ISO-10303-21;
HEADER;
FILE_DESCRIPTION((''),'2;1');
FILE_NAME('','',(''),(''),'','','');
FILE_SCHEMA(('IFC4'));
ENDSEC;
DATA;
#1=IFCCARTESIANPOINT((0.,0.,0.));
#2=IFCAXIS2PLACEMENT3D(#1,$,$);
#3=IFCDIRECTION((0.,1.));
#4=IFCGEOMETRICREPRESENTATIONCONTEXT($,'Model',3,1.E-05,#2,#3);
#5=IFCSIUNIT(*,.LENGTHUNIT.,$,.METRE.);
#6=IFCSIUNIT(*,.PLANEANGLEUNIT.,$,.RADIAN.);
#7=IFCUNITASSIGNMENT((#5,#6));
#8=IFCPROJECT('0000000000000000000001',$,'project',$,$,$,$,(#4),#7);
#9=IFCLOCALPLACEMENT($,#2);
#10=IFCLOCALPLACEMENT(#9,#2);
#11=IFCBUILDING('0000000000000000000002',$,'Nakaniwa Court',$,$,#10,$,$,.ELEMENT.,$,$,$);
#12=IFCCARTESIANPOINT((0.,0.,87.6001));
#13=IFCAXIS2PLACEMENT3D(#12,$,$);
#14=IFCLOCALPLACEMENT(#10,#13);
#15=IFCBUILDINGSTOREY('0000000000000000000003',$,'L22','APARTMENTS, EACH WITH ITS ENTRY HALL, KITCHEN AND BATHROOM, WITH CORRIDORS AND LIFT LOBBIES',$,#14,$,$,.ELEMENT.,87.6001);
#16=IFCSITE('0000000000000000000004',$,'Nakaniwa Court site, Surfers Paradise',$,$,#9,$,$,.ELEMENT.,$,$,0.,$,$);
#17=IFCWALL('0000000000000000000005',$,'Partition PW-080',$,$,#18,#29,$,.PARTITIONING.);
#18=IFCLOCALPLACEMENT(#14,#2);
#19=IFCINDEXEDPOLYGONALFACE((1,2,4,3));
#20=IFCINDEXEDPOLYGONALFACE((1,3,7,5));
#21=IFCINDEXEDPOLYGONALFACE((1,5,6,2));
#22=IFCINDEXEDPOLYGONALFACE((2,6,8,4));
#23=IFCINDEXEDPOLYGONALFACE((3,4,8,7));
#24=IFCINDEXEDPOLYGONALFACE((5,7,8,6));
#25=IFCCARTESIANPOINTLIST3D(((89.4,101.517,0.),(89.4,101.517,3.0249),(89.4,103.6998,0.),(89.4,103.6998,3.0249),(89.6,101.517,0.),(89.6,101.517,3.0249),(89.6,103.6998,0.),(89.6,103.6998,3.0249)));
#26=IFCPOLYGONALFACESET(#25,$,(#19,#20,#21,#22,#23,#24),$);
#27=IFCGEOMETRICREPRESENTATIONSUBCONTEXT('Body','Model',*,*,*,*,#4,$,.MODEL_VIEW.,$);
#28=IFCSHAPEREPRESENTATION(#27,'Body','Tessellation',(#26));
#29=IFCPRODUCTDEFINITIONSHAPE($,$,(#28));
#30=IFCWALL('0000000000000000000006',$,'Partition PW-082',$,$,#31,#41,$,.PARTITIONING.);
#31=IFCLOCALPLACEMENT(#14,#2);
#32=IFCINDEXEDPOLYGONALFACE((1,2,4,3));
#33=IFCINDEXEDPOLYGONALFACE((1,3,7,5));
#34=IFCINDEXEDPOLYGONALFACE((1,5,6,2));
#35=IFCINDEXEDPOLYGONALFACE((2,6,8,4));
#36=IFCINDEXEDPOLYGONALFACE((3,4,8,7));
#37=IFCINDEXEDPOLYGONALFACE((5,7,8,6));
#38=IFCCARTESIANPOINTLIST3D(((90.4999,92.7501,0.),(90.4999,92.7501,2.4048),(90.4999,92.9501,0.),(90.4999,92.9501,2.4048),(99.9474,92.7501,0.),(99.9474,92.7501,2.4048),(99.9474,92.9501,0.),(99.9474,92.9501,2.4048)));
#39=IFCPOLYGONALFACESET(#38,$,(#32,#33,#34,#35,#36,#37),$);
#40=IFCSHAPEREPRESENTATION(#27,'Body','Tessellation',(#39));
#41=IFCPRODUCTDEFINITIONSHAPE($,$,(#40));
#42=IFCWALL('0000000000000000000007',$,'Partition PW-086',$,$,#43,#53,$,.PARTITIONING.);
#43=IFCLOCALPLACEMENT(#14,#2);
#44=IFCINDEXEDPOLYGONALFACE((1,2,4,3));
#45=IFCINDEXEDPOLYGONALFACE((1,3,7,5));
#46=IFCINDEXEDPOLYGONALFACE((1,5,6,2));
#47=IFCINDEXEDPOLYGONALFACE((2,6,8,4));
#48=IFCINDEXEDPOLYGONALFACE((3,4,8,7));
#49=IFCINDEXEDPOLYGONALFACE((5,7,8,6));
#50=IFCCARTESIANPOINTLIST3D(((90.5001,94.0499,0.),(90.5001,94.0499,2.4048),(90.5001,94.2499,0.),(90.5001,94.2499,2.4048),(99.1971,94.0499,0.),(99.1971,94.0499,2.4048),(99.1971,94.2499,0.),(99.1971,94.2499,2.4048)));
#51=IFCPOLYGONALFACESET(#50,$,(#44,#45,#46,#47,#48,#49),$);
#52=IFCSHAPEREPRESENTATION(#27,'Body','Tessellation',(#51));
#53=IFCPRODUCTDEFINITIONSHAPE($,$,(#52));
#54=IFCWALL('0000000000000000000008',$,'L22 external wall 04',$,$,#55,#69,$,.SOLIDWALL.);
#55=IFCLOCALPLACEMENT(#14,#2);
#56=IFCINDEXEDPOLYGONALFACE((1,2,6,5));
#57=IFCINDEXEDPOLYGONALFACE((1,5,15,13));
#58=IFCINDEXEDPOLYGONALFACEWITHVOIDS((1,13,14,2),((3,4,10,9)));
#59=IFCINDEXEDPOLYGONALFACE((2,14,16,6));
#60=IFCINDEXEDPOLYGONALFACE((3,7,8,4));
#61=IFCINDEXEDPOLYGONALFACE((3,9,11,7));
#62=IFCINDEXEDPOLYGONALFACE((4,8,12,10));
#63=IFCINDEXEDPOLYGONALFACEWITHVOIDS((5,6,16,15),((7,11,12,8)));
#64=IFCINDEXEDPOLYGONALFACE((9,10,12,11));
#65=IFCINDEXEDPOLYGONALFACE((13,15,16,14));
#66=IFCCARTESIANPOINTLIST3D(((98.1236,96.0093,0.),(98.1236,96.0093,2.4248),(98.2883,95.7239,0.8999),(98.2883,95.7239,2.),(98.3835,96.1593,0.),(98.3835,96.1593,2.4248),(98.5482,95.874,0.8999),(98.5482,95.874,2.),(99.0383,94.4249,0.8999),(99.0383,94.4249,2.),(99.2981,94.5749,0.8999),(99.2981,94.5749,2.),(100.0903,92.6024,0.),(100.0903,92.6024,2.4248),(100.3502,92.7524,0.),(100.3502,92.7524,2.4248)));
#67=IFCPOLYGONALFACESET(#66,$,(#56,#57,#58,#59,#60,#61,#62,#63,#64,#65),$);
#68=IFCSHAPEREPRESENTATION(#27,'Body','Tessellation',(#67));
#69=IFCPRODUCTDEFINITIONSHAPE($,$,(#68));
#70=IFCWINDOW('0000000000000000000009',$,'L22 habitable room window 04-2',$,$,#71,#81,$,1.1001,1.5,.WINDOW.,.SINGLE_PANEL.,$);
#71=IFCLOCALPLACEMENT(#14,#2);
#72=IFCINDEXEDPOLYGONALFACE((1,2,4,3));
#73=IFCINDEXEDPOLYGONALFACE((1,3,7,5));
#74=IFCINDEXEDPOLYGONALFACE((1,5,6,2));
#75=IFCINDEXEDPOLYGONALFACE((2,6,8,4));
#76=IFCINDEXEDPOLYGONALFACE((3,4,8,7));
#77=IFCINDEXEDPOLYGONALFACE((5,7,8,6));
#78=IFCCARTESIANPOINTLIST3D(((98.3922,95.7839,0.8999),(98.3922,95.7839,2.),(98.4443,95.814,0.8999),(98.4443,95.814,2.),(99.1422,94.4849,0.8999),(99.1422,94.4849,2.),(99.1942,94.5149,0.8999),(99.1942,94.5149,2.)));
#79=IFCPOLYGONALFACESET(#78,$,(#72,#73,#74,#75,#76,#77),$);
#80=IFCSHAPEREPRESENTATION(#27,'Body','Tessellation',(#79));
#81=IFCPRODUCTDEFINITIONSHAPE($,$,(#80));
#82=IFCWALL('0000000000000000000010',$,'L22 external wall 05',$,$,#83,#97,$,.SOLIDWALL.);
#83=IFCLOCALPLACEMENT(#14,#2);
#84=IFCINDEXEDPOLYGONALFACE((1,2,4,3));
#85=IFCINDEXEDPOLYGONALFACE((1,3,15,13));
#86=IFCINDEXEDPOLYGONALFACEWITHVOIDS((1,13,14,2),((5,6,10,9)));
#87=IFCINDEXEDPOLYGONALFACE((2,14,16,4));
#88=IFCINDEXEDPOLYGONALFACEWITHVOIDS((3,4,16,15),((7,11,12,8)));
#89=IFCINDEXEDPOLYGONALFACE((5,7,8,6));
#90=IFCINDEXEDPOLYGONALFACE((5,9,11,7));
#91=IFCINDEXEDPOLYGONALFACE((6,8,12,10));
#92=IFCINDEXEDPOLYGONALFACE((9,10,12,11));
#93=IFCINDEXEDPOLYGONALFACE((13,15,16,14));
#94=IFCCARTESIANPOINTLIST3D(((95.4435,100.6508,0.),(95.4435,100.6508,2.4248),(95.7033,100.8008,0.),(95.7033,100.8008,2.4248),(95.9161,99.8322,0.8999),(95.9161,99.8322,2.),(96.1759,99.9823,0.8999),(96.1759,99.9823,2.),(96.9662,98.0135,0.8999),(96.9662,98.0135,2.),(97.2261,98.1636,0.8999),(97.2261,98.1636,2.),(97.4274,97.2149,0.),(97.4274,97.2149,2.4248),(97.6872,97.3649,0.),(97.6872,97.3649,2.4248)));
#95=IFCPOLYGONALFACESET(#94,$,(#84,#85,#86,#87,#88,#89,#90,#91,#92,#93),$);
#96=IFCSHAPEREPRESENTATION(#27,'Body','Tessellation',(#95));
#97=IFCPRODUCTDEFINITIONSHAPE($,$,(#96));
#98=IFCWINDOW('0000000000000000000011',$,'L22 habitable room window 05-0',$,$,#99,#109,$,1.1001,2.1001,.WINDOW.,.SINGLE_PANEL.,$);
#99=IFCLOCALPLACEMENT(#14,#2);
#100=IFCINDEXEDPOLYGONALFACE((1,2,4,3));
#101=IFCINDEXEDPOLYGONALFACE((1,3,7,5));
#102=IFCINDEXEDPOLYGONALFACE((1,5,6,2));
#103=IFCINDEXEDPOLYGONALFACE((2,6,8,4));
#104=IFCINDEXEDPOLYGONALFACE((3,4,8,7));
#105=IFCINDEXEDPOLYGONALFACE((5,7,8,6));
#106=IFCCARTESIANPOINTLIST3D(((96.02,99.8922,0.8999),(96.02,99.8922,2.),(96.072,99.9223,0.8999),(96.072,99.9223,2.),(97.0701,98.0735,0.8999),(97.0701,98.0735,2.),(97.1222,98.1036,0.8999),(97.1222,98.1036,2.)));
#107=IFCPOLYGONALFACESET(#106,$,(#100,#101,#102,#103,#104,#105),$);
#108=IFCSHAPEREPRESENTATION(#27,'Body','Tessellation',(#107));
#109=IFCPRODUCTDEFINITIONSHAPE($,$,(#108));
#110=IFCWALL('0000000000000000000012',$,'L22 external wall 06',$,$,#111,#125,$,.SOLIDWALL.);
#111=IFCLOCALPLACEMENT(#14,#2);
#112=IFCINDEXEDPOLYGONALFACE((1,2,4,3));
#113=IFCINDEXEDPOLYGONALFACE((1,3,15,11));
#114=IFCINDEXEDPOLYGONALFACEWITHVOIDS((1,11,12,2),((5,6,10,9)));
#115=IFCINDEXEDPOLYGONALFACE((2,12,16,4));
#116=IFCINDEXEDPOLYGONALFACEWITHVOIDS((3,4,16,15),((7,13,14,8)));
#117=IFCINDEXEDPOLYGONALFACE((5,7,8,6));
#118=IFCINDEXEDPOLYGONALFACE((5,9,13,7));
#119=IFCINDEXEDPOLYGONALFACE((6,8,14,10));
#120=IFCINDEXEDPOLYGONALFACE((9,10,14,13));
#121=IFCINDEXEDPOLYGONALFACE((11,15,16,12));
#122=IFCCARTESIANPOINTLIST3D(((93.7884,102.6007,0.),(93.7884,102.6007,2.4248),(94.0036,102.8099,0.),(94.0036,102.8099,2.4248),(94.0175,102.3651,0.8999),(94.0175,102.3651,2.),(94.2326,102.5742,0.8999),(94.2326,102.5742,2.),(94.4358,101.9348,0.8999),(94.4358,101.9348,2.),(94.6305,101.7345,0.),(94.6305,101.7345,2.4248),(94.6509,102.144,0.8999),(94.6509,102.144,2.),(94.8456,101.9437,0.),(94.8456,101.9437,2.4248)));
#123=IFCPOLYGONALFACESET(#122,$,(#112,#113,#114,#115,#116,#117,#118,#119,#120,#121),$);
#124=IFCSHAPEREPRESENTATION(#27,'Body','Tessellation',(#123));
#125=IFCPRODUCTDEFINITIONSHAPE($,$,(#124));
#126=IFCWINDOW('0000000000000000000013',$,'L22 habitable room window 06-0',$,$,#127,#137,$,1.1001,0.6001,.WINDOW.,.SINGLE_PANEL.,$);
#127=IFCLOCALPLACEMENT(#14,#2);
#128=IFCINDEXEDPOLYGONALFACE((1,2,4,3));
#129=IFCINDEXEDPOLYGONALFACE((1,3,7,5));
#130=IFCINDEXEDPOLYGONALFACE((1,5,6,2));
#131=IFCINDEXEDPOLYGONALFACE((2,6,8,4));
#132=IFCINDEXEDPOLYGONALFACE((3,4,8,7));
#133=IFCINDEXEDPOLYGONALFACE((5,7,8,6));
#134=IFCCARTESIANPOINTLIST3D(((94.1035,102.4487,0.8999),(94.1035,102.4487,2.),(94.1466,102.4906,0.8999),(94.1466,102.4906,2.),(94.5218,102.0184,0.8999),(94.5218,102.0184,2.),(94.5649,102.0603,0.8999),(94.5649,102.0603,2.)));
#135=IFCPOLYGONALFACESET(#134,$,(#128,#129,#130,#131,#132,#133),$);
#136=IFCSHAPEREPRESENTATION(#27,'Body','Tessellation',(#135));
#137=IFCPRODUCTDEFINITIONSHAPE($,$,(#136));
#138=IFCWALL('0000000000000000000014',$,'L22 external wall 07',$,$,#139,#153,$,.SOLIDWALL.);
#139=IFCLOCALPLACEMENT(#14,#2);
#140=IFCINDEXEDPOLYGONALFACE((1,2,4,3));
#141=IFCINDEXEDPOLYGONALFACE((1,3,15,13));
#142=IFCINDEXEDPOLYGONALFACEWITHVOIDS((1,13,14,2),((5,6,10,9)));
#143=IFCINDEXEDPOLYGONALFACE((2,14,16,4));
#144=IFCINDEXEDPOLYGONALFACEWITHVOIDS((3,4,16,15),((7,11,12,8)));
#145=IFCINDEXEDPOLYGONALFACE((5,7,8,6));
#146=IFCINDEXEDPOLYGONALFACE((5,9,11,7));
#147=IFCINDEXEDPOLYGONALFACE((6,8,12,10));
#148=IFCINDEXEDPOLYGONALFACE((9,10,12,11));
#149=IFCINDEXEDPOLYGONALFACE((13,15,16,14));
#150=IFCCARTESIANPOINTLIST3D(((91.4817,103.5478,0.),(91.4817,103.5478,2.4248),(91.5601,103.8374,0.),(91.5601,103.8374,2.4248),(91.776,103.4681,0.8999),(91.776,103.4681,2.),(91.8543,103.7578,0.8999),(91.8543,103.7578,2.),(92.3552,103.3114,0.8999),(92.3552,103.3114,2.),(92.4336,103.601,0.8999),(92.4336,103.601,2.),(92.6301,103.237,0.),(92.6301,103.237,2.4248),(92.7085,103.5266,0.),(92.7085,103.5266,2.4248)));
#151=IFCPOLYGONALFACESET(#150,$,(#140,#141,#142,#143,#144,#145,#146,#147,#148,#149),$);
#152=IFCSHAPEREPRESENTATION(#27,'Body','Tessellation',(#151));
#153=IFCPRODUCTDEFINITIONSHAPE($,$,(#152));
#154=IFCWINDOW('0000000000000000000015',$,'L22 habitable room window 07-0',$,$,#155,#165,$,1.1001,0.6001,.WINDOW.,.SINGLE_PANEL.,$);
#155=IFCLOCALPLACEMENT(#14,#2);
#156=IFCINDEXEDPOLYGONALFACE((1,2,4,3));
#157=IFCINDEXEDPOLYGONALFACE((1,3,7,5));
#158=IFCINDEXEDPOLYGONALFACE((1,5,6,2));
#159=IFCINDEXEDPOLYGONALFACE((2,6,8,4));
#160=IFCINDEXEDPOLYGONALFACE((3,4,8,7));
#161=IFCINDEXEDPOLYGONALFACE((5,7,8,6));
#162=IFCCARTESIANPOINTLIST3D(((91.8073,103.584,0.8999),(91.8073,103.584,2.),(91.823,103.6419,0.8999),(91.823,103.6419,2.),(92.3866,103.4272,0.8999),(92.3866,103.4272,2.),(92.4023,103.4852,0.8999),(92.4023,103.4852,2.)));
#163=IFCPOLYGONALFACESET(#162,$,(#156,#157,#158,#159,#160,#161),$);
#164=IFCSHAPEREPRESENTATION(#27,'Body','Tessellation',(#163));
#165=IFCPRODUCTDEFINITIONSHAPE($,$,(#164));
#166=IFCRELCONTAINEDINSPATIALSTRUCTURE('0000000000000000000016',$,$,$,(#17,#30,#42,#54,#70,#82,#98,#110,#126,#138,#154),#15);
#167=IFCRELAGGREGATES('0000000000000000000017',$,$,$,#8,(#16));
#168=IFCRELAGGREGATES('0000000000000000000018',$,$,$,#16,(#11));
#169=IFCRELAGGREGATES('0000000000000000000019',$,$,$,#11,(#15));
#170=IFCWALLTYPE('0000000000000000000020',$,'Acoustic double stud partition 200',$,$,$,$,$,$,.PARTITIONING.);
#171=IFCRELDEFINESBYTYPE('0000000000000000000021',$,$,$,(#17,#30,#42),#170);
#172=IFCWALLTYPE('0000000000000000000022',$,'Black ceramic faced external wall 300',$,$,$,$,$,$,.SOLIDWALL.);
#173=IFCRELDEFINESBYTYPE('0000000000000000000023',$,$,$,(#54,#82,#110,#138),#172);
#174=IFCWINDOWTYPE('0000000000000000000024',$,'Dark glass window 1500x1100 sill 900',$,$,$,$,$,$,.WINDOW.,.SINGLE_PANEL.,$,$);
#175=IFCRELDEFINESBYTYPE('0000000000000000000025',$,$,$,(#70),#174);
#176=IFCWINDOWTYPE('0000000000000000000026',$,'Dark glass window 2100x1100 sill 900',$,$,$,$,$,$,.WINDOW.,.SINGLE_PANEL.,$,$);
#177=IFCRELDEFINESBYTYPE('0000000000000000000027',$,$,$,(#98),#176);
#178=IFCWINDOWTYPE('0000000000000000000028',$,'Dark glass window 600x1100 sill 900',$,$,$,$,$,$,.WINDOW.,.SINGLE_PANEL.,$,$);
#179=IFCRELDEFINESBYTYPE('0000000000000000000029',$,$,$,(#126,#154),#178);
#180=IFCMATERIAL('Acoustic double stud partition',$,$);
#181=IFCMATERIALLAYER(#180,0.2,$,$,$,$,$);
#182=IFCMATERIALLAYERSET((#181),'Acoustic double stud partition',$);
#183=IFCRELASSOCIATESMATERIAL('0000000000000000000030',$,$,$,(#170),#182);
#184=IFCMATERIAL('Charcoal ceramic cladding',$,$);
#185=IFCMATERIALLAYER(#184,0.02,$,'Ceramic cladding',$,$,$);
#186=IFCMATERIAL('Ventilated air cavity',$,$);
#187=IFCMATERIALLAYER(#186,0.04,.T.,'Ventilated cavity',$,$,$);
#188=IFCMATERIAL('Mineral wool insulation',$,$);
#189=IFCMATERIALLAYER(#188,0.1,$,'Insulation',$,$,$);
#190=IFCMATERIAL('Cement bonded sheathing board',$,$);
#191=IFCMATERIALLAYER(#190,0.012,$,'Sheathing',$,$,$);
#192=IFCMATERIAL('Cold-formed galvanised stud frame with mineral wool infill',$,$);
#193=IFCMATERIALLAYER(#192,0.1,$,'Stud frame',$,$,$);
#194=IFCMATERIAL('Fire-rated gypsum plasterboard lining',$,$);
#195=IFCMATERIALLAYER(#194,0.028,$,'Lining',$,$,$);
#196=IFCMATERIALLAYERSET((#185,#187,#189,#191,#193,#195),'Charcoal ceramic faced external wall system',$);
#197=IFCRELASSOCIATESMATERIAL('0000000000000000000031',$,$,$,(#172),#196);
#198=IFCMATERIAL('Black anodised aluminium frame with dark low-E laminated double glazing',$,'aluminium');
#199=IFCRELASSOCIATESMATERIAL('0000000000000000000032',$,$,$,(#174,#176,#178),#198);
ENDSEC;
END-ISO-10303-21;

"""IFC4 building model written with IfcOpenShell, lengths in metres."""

from ifc_helpers import new_model, si_unit, direction, frame, frame_2d, origin, place, context, subcontext, project, spatial, rectangle, extrude, material, layer, layer_set, type_object, element, fill, save


model = new_model("IFC4")

# Units and contexts
model_context = context("Model", 3, precision=1e-05, world=origin(), true_north=direction((0.0, 1.0)))
body_context = subcontext(model_context, "Body", "Model", "MODEL_VIEW")
ifc_project = project(units=[si_unit("LENGTHUNIT", "METRE"), si_unit("PLANEANGLEUNIT", "RADIAN")], contexts=[model_context])

# Site, building, storey
site_placement = place(None, origin())
site = spatial("IfcSite", under=ifc_project, at=site_placement, Name="Nakaniwa Court site, Surfers Paradise", CompositionType="ELEMENT", RefElevation=0.0)
building_placement = place(site_placement, origin())
building = spatial("IfcBuilding", under=site, at=building_placement, Name="Nakaniwa Court", CompositionType="ELEMENT")
storey_placement = place(building_placement, frame((0.0, 0.0, 87.6001)))
storey = spatial("IfcBuildingStorey", under=building, at=storey_placement, Name="L22", Description="APARTMENTS, EACH WITH ITS ENTRY HALL, KITCHEN AND BATHROOM, WITH CORRIDORS AND LIFT LOBBIES", CompositionType="ELEMENT", Elevation=87.6001)

# Shared definitions
ifc_material_1 = material(Name="Acoustic double stud partition")
ifc_layer_1 = layer(ifc_material_1, 0.2)
ifc_layer_set_1 = layer_set([ifc_layer_1], Name="Acoustic double stud partition")
wall_type_1 = type_object("IfcWallType", Name="Acoustic double stud partition 200", PredefinedType="PARTITIONING", material=ifc_layer_set_1)

# Walls
wall_1_placement = place(storey_placement, frame((89.5, 101.5171, 0.0), z_axis=(0.0, 0.0, 1.0), x_axis=(0.0, 1.0, 0.0)))
element("IfcWall", 1, at=wall_1_placement, inside=storey, type_object=wall_type_1, Name="Partition PW-080", PredefinedType="PARTITIONING", context=body_context, shape_type="SweptSolid", body=[
    extrude(rectangle(XDim=2.1829, YDim=0.2, at=frame_2d((1.0913, 0.0))), origin(), (0.0, 0.0, 1.0), 3.0249),
])
wall_2_placement = place(storey_placement, frame((90.5, 92.8501, 0.0), z_axis=(0.0, 0.0, 1.0), x_axis=(1.0, 0.0, 0.0)))
element("IfcWall", 2, at=wall_2_placement, inside=storey, type_object=wall_type_1, Name="Partition PW-082", PredefinedType="PARTITIONING", context=body_context, shape_type="SweptSolid", body=[
    extrude(rectangle(XDim=9.4475, YDim=0.2, at=frame_2d((4.7236, 0.0))), origin(), (0.0, 0.0, 1.0), 2.4048),
])
wall_3_placement = place(storey_placement, frame((90.5, 94.1499, 0.0), z_axis=(0.0, 0.0, 1.0), x_axis=(1.0, 0.0, 0.0)))
element("IfcWall", 3, at=wall_3_placement, inside=storey, type_object=wall_type_1, Name="Partition PW-086", PredefinedType="PARTITIONING", context=body_context, shape_type="SweptSolid", body=[
    extrude(rectangle(XDim=8.697, YDim=0.2, at=frame_2d((4.3486, 0.0))), origin(), (0.0, 0.0, 1.0), 2.4048),
])

# Walls, openings, windows
ifc_material_2 = material(Name="Charcoal ceramic cladding")
ifc_layer_2 = layer(ifc_material_2, 0.02, Name="Ceramic cladding")
ifc_material_3 = material(Name="Ventilated air cavity")
ifc_layer_3 = layer(ifc_material_3, 0.04, ventilated=True, Name="Ventilated cavity")
ifc_material_4 = material(Name="Mineral wool insulation")
ifc_layer_4 = layer(ifc_material_4, 0.1, Name="Insulation")
ifc_material_5 = material(Name="Cement bonded sheathing board")
ifc_layer_5 = layer(ifc_material_5, 0.012, Name="Sheathing")
ifc_material_6 = material(Name="Cold-formed galvanised stud frame with mineral wool infill")
ifc_layer_6 = layer(ifc_material_6, 0.1, Name="Stud frame")
ifc_material_7 = material(Name="Fire-rated gypsum plasterboard lining")
ifc_layer_7 = layer(ifc_material_7, 0.028, Name="Lining")
ifc_layer_set_2 = layer_set([ifc_layer_2, ifc_layer_3, ifc_layer_4, ifc_layer_5, ifc_layer_6, ifc_layer_7], Name="Charcoal ceramic faced external wall system")
wall_type_2 = type_object("IfcWallType", Name="Black ceramic faced external wall 300", PredefinedType="SOLIDWALL", material=ifc_layer_set_2)
wall_4_placement = place(storey_placement, frame((100.2202, 92.6775, 0.0), z_axis=(0.0, 0.0, 1.0), x_axis=(-0.499957, 0.86605, 0.0)))
wall_4 = element("IfcWall", 4, at=wall_4_placement, inside=storey, type_object=wall_type_2, Name="L22 external wall 04", PredefinedType="SOLIDWALL", context=body_context, shape_type="SweptSolid", body=[
    extrude(rectangle(XDim=3.9338, YDim=0.3, at=frame_2d((1.9668, 0.0))), origin(), (0.0, 0.0, 1.0), 2.4248),
])
opening_1_placement = place(wall_4_placement, frame((2.1042, 0.0, 0.8999)))
opening_1 = element("IfcOpeningElement", 5, at=opening_1_placement, cuts=wall_4, PredefinedType="OPENING", context=body_context, shape_type="SweptSolid", body=[
    extrude(rectangle(XDim=1.5, YDim=1.1001, at=frame_2d((0.75, 0.55))), frame((0.0, 0.1599, 0.0), z_axis=(0.0, -1.0, 0.0), x_axis=(1.0, 0.0, 0.0)), (0.0, 0.0, 1.0), 0.3201),
])
ifc_material_8 = material(Name="Black anodised aluminium frame with dark low-E laminated double glazing", Category="aluminium")
window_type_1 = type_object("IfcWindowType", Name="Dark glass window 1500x1100 sill 900", PartitioningType="SINGLE_PANEL", PredefinedType="WINDOW", material=ifc_material_8)
window_1_placement = place(opening_1_placement, origin())
window_1 = element("IfcWindow", 6, at=window_1_placement, inside=storey, type_object=window_type_1, Name="L22 habitable room window 04-2", OverallHeight=1.1001, OverallWidth=1.5, PartitioningType="SINGLE_PANEL", PredefinedType="WINDOW", context=body_context, shape_type="SweptSolid", body=[
    extrude(rectangle(XDim=1.5, YDim=1.1001, at=frame_2d((0.75, 0.55))), frame((0.0, 0.03, 0.0), z_axis=(0.0, -1.0, 0.0), x_axis=(1.0, 0.0, 0.0)), (0.0, 0.0, 1.0), 0.0601),
])
fill(opening_1, window_1)
wall_5_placement = place(storey_placement, frame((97.5574, 97.2898, 0.0), z_axis=(0.0, 0.0, 1.0), x_axis=(-0.500044, 0.866, 0.0)))
wall_5 = element("IfcWall", 7, at=wall_5_placement, inside=storey, type_object=wall_type_2, Name="L22 external wall 05", PredefinedType="SOLIDWALL", context=body_context, shape_type="SweptSolid", body=[
    extrude(rectangle(XDim=3.9675, YDim=0.3, at=frame_2d((1.9839, 0.0))), origin(), (0.0, 0.0, 1.0), 2.4248),
])
opening_2_placement = place(wall_5_placement, frame((0.9224, 0.0, 0.8999)))
opening_2 = element("IfcOpeningElement", 8, at=opening_2_placement, cuts=wall_5, PredefinedType="OPENING", context=body_context, shape_type="SweptSolid", body=[
    extrude(rectangle(XDim=2.1001, YDim=1.1001, at=frame_2d((1.05, 0.55))), frame((0.0, 0.1599, 0.0), z_axis=(0.0, -1.0, 0.0), x_axis=(1.0, 0.0, 0.0)), (0.0, 0.0, 1.0), 0.3201),
])
window_type_2 = type_object("IfcWindowType", Name="Dark glass window 2100x1100 sill 900", PartitioningType="SINGLE_PANEL", PredefinedType="WINDOW", material=ifc_material_8)
window_2_placement = place(opening_2_placement, origin())
window_2 = element("IfcWindow", 9, at=window_2_placement, inside=storey, type_object=window_type_2, Name="L22 habitable room window 05-0", OverallHeight=1.1001, OverallWidth=2.1001, PartitioningType="SINGLE_PANEL", PredefinedType="WINDOW", context=body_context, shape_type="SweptSolid", body=[
    extrude(rectangle(XDim=2.1001, YDim=1.1001, at=frame_2d((1.05, 0.55))), frame((0.0, 0.03, 0.0), z_axis=(0.0, -1.0, 0.0), x_axis=(1.0, 0.0, 0.0)), (0.0, 0.0, 1.0), 0.0601),
])
fill(opening_2, window_2)
wall_6_placement = place(storey_placement, frame((94.738, 101.8391, 0.0), z_axis=(0.0, 0.0, 1.0), x_axis=(-0.697032, 0.71704, 0.0)))
wall_6 = element("IfcWall", 10, at=wall_6_placement, inside=storey, type_object=wall_type_2, Name="L22 external wall 06", PredefinedType="SOLIDWALL", context=body_context, shape_type="SweptSolid", body=[
    extrude(rectangle(XDim=1.208, YDim=0.3, at=frame_2d((0.604, 0.0))), origin(), (0.0, 0.0, 1.0), 2.4248),
])
opening_3_placement = place(wall_6_placement, frame((0.2793, 0.0, 0.8999)))
opening_3 = element("IfcOpeningElement", 11, at=opening_3_placement, cuts=wall_6, PredefinedType="OPENING", context=body_context, shape_type="SweptSolid", body=[
    extrude(rectangle(XDim=0.6001, YDim=1.1001, at=frame_2d((0.3, 0.55))), frame((0.0, 0.1599, 0.0), z_axis=(0.0, -1.0, 0.0), x_axis=(1.0, 0.0, 0.0)), (0.0, 0.0, 1.0), 0.3201),
])
window_type_3 = type_object("IfcWindowType", Name="Dark glass window 600x1100 sill 900", PartitioningType="SINGLE_PANEL", PredefinedType="WINDOW", material=ifc_material_8)
window_3_placement = place(opening_3_placement, origin())
window_3 = element("IfcWindow", 12, at=window_3_placement, inside=storey, type_object=window_type_3, Name="L22 habitable room window 06-0", OverallHeight=1.1001, OverallWidth=0.6001, PartitioningType="SINGLE_PANEL", PredefinedType="WINDOW", context=body_context, shape_type="SweptSolid", body=[
    extrude(rectangle(XDim=0.6001, YDim=1.1001, at=frame_2d((0.3, 0.55))), frame((0.0, 0.03, 0.0), z_axis=(0.0, -1.0, 0.0), x_axis=(1.0, 0.0, 0.0)), (0.0, 0.0, 1.0), 0.0601),
])
fill(opening_3, window_3)
wall_7_placement = place(storey_placement, frame((92.6692, 103.3818, 0.0), z_axis=(0.0, 0.0, 1.0), x_axis=(-0.965278, 0.261224, 0.0)))
wall_7 = element("IfcWall", 13, at=wall_7_placement, inside=storey, type_object=wall_type_2, Name="L22 external wall 07", PredefinedType="SOLIDWALL", context=body_context, shape_type="SweptSolid", body=[
    extrude(rectangle(XDim=1.1897, YDim=0.3, at=frame_2d((0.5947, 0.0))), origin(), (0.0, 0.0, 1.0), 2.4248),
])
opening_4_placement = place(wall_7_placement, frame((0.2847, 0.0, 0.8999)))
opening_4 = element("IfcOpeningElement", 14, at=opening_4_placement, cuts=wall_7, PredefinedType="OPENING", context=body_context, shape_type="SweptSolid", body=[
    extrude(rectangle(XDim=0.6001, YDim=1.1001, at=frame_2d((0.3, 0.55))), frame((0.0, 0.1599, 0.0), z_axis=(0.0, -1.0, 0.0), x_axis=(1.0, 0.0, 0.0)), (0.0, 0.0, 1.0), 0.3201),
])
window_4_placement = place(opening_4_placement, origin())
window_4 = element("IfcWindow", 15, at=window_4_placement, inside=storey, type_object=window_type_3, Name="L22 habitable room window 07-0", OverallHeight=1.1001, OverallWidth=0.6001, PartitioningType="SINGLE_PANEL", PredefinedType="WINDOW", context=body_context, shape_type="SweptSolid", body=[
    extrude(rectangle(XDim=0.6001, YDim=1.1001, at=frame_2d((0.3, 0.55))), frame((0.0, 0.03, 0.0), z_axis=(0.0, -1.0, 0.0), x_axis=(1.0, 0.0, 0.0)), (0.0, 0.0, 1.0), 0.0601),
])
fill(opening_4, window_4)

save(model, "model.ifc")
